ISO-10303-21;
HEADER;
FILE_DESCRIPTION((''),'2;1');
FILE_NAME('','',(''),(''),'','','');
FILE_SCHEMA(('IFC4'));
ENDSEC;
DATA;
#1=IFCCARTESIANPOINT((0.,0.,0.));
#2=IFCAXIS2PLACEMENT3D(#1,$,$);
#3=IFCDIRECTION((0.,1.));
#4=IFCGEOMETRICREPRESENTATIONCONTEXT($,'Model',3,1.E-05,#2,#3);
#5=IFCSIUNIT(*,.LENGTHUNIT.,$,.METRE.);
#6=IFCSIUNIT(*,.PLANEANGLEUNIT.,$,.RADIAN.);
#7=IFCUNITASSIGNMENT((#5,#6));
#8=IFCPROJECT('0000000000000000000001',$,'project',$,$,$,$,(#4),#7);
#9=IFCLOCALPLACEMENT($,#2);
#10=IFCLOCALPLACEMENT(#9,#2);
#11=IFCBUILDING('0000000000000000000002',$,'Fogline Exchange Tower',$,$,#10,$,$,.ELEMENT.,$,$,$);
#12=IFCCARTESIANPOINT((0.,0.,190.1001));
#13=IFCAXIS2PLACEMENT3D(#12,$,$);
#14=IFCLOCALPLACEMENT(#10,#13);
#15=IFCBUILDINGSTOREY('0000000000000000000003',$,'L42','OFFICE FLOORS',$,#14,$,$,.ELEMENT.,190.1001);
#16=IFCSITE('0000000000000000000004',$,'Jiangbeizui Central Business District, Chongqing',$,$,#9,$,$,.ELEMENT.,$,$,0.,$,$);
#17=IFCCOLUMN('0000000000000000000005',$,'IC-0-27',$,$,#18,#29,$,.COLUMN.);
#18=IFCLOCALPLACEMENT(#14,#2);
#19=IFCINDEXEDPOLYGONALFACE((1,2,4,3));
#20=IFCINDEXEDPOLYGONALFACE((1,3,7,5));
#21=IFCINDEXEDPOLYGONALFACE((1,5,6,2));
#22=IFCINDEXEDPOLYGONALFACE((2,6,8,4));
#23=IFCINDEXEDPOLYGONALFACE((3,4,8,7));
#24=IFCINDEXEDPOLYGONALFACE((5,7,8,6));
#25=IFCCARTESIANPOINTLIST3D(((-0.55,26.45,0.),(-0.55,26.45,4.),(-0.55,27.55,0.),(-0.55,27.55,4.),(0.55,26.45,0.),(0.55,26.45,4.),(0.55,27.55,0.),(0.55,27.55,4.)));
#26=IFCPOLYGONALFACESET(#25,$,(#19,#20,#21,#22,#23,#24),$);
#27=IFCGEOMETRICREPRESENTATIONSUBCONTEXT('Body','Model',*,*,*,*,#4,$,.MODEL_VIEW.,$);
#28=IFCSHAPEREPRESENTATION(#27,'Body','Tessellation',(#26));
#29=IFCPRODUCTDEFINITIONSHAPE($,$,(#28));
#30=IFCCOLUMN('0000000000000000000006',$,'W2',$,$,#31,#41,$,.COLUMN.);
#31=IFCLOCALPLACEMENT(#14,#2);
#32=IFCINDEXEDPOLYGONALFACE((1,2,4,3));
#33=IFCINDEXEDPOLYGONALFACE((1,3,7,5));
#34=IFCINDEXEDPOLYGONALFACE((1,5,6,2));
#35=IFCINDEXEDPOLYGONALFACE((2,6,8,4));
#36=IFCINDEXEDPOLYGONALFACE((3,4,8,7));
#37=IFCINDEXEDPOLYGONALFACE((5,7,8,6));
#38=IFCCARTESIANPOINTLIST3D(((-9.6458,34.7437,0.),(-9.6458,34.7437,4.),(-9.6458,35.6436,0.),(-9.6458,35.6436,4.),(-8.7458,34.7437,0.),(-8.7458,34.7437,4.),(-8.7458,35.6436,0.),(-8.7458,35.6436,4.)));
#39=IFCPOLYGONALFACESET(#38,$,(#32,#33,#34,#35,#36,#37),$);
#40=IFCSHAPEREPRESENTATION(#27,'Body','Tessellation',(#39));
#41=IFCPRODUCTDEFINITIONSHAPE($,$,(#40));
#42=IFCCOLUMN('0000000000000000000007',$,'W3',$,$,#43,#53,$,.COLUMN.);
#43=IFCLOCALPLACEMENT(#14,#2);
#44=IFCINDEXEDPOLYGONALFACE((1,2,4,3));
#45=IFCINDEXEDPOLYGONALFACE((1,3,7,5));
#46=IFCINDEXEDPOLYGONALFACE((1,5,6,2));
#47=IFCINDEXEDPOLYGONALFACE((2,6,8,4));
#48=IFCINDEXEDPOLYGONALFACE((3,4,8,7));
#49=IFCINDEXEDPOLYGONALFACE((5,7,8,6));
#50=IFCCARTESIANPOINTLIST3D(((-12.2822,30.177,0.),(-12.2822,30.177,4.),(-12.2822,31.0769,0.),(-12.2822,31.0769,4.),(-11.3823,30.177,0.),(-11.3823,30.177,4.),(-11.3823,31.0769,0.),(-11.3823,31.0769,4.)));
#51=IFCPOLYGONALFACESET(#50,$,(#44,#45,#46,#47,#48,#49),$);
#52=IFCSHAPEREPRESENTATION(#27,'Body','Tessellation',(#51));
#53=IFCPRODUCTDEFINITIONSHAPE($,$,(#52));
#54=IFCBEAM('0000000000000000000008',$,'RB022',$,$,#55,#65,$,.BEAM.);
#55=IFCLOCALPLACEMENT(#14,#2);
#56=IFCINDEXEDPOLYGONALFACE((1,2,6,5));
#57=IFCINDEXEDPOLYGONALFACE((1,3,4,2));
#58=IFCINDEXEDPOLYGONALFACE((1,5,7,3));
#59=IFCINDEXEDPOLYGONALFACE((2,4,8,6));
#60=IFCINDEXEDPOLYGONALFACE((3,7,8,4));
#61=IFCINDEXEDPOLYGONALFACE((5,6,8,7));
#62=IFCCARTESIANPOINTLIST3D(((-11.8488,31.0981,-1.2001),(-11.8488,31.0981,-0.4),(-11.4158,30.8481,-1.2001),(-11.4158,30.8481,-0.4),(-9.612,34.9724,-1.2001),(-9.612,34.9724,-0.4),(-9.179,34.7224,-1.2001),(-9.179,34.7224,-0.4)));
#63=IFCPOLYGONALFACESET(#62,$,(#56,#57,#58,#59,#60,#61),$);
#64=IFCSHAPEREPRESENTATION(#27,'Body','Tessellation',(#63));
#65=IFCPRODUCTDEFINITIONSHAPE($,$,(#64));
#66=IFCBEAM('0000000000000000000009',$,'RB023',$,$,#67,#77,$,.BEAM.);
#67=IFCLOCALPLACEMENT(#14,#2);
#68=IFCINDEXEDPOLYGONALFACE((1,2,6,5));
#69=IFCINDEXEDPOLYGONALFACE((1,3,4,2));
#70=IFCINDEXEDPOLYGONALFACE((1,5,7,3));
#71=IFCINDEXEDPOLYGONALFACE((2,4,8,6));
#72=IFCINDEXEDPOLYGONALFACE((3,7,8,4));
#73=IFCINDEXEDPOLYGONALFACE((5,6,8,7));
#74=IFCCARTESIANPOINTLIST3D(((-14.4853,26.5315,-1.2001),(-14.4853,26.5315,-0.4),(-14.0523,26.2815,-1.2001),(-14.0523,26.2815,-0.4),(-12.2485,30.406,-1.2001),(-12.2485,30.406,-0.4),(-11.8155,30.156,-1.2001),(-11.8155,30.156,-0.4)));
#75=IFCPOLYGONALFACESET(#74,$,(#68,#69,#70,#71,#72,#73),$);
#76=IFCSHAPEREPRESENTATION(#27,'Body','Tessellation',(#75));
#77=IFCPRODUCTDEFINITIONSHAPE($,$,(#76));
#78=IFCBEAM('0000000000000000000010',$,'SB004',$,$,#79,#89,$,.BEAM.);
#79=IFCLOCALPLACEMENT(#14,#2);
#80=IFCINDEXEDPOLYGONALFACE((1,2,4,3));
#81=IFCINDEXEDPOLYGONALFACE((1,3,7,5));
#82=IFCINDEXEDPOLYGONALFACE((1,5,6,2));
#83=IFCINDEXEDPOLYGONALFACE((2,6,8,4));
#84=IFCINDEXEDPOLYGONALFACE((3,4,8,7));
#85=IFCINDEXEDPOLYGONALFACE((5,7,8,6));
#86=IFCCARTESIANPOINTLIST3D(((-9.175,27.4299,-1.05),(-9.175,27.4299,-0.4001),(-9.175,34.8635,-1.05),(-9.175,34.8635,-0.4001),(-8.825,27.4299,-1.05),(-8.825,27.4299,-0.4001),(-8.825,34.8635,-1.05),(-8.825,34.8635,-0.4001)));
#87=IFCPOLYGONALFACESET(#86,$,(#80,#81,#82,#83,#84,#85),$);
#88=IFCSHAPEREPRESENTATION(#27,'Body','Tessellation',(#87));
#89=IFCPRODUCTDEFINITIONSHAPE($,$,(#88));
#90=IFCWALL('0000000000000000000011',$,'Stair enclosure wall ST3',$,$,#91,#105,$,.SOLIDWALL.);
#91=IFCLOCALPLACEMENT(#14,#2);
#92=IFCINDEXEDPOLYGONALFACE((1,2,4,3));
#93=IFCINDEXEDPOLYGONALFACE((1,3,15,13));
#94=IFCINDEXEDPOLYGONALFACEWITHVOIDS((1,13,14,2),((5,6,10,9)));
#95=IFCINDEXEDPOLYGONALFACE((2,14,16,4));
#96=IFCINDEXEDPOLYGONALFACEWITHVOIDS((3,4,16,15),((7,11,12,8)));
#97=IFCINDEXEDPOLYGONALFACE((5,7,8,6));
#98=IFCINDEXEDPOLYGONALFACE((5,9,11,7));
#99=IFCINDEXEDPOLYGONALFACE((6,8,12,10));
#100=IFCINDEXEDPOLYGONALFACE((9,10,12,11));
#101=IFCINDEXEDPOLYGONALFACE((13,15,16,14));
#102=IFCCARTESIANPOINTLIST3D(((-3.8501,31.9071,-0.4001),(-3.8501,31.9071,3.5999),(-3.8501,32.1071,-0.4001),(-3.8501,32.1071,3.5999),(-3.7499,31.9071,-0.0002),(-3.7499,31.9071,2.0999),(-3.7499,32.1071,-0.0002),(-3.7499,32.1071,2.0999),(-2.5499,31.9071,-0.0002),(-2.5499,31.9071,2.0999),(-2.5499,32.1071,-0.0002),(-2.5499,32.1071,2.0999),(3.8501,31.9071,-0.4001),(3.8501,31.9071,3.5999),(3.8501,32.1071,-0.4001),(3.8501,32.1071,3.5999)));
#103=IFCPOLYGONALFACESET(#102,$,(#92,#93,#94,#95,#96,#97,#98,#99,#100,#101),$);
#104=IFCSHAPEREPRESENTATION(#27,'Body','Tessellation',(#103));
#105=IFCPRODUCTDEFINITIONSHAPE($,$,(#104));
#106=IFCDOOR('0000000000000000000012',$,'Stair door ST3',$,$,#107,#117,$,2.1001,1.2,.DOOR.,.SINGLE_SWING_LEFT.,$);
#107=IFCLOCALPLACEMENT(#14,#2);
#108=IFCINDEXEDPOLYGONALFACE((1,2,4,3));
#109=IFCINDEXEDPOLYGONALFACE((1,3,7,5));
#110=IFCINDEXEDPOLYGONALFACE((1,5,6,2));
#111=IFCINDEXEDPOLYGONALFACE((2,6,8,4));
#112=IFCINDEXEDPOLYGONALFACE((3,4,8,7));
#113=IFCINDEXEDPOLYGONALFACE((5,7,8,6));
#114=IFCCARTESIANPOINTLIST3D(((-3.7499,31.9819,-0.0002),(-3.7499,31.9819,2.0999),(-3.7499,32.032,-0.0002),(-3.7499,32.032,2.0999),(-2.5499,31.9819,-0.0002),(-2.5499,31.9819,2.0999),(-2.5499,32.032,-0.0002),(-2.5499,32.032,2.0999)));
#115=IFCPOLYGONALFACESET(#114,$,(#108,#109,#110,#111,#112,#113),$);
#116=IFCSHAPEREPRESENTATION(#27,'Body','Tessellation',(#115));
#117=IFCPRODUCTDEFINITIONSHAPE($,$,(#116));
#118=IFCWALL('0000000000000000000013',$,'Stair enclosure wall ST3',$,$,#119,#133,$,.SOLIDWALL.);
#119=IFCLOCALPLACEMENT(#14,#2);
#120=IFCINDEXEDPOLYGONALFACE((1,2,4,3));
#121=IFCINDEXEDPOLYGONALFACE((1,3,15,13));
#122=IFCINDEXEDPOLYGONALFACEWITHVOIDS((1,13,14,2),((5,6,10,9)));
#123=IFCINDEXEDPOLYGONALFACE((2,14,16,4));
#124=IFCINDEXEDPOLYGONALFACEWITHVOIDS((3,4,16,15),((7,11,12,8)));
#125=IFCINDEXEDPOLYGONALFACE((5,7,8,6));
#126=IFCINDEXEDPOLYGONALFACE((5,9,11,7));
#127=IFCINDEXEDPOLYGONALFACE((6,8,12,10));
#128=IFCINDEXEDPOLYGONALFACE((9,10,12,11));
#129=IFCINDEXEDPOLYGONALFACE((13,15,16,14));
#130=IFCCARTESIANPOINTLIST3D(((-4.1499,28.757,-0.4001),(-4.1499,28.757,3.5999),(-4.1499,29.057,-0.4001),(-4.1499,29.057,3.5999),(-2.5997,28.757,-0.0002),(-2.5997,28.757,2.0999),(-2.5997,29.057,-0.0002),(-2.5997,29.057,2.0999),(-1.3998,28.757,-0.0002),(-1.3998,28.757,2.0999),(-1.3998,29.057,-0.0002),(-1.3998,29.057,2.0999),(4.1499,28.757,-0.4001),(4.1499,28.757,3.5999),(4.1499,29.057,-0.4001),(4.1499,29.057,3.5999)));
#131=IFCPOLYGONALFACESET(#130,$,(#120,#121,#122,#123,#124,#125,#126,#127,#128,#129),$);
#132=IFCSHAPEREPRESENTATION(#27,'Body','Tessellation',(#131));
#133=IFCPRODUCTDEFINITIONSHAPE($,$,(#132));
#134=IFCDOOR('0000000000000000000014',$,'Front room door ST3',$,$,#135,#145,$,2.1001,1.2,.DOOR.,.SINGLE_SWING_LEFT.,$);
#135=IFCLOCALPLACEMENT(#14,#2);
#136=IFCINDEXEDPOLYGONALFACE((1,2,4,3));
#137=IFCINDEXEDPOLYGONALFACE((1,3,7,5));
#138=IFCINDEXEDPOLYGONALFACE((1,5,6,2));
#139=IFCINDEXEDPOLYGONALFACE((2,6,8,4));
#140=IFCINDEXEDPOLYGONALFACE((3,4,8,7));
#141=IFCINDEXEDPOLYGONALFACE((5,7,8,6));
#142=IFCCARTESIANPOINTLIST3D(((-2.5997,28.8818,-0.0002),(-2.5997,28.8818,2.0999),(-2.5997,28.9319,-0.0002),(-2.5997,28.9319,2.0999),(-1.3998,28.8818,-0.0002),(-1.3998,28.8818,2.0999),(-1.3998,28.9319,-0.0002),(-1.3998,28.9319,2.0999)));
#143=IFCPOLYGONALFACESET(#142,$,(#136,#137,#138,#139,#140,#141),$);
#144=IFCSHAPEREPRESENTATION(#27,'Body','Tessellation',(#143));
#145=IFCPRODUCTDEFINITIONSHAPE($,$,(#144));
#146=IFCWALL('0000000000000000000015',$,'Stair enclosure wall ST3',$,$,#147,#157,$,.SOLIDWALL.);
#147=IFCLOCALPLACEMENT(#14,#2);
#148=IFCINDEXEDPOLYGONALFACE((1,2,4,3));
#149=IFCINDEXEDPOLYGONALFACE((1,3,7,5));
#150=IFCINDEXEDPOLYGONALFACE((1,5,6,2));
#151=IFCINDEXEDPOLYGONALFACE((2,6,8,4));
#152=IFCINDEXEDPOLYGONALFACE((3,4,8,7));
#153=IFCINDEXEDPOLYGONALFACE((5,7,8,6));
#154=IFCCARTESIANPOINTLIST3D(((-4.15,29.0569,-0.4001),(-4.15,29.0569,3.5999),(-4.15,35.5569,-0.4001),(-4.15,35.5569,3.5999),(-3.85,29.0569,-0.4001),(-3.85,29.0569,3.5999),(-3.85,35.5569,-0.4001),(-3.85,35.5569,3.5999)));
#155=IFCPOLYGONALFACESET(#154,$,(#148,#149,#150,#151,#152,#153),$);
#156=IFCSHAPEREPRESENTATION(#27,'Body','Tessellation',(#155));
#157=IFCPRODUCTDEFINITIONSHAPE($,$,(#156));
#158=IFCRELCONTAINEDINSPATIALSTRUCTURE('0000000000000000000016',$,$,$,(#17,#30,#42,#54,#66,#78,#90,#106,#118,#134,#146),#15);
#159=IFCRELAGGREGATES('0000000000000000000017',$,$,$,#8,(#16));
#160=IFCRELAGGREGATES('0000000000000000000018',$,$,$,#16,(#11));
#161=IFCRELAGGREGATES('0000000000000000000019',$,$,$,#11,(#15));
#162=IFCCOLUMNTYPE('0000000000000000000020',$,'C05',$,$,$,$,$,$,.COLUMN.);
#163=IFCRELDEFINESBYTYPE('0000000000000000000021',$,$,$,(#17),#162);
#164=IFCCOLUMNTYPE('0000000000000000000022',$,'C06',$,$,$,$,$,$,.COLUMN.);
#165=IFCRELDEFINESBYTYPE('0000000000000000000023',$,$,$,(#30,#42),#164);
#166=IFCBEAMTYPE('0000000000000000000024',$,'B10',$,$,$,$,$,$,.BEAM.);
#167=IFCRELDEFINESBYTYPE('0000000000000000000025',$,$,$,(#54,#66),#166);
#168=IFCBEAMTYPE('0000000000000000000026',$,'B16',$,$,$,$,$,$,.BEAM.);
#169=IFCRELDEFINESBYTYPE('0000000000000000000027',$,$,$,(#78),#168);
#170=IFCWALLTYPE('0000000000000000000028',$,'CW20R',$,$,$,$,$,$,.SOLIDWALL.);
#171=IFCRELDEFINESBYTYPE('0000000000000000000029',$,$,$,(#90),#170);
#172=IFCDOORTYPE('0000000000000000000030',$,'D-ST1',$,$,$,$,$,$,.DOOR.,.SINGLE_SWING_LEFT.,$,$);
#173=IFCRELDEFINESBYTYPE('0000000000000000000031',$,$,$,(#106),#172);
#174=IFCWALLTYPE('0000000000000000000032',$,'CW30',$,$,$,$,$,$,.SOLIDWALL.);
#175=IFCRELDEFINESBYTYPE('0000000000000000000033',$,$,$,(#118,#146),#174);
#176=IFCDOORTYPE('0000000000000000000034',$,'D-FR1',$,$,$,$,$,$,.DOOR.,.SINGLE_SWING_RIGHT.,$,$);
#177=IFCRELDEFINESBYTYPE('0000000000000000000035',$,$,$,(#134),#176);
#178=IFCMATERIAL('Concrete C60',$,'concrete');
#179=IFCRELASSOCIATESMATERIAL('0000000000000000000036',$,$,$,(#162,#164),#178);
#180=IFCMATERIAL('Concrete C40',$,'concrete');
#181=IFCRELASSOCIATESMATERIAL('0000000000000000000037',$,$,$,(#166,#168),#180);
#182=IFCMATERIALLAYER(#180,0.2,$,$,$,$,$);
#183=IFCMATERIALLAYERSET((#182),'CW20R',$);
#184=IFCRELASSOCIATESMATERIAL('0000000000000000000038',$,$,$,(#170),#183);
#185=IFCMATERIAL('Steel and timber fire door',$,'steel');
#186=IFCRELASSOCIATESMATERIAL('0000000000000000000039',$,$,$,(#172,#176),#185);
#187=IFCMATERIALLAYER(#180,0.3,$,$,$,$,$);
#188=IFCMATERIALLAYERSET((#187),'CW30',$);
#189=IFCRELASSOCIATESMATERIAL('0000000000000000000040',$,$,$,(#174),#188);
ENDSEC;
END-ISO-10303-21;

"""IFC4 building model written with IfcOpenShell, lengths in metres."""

from ifc_helpers import new_model, si_unit, direction, frame, frame_2d, origin, origin_2d, place, context, subcontext, project, spatial, rectangle, extrude, material, layer, layer_set, material_profile, profile_set, type_object, element, fill, save


model = new_model("IFC4")

# Units and contexts
model_context = context("Model", 3, precision=1e-05, world=origin(), true_north=direction((0.0, 1.0)))
body_context = subcontext(model_context, "Body", "Model", "MODEL_VIEW")
ifc_project = project(units=[si_unit("LENGTHUNIT", "METRE"), si_unit("PLANEANGLEUNIT", "RADIAN")], contexts=[model_context])

# Site, building, storey
site_placement = place(None, origin())
site = spatial("IfcSite", under=ifc_project, at=site_placement, Name="Jiangbeizui Central Business District, Chongqing", CompositionType="ELEMENT", RefElevation=0.0)
building_placement = place(site_placement, origin())
building = spatial("IfcBuilding", under=site, at=building_placement, Name="Fogline Exchange Tower", CompositionType="ELEMENT")
storey_placement = place(building_placement, frame((0.0, 0.0, 190.1001)))
storey = spatial("IfcBuildingStorey", under=building, at=storey_placement, Name="L42", Description="OFFICE FLOORS", CompositionType="ELEMENT", Elevation=190.1001)

# Columns
ifc_material_1 = material(Name="Concrete C60", Category="concrete")
ifc_material_profile_1 = material_profile(ifc_material_1, rectangle(XDim=1.1001, YDim=1.1001, at=origin_2d()), Name="RC 1100x1100")
ifc_profile_set_1 = profile_set([ifc_material_profile_1], Name="Concrete C60")
column_type_1 = type_object("IfcColumnType", Name="C05", PredefinedType="COLUMN", material=ifc_profile_set_1)
column_placement = place(storey_placement, frame((0.0, 27.0, 0.0), z_axis=(0.0, 0.0, 1.0), x_axis=(1.0, 0.0, 0.0)))
element("IfcColumn", 1, at=column_placement, inside=storey, type_object=column_type_1, Name="IC-0-27", PredefinedType="COLUMN", context=body_context, shape_type="SweptSolid", body=[
    extrude(rectangle(XDim=1.1001, YDim=1.1001, at=origin_2d()), origin(), (0.0, 0.0, 1.0), 4.0),
])
ifc_material_profile_2 = material_profile(ifc_material_1, rectangle(XDim=0.8999, YDim=0.8999, at=origin_2d()), Name="RC 900x900")
ifc_profile_set_2 = profile_set([ifc_material_profile_2], Name="Concrete C60")
column_type_2 = type_object("IfcColumnType", Name="C06", PredefinedType="COLUMN", material=ifc_profile_set_2)
for number, where, z_axis, x_axis, name in (
    (2, (-9.1958, 35.1936, 0.0), (0.0, 0.0, 1.0), (1.0, 0.0, 0.0), "W2"),
    (3, (-11.8323, 30.627, 0.0), (0.0, 0.0, 1.0), (1.0, 0.0, 0.0), "W3"),
):
    element("IfcColumn", number, at=place(storey_placement, frame(where, z_axis=z_axis, x_axis=x_axis)), inside=storey, type_object=column_type_2, Name=name, PredefinedType="COLUMN", context=body_context, shape_type="SweptSolid", body=[
        extrude(rectangle(XDim=0.8999, YDim=0.8999, at=origin_2d()), origin(), (0.0, 0.0, 1.0), 4.0),
    ])

# Beams
ifc_material_2 = material(Name="Concrete C40", Category="concrete")
ifc_material_profile_3 = material_profile(ifc_material_2, rectangle(XDim=0.5, YDim=0.8, at=origin_2d()), Name="RC 500x800")
ifc_profile_set_3 = profile_set([ifc_material_profile_3], Name="Concrete C40")
beam_type_1 = type_object("IfcBeamType", Name="B10", PredefinedType="BEAM", material=ifc_profile_set_3)
beam_1_placement = place(storey_placement, frame((-9.3955, 34.8474, -0.8), z_axis=(-0.500001, -0.866025, 0.0), x_axis=(0.866025, -0.500001, 0.0)))
element("IfcBeam", 4, at=beam_1_placement, inside=storey, type_object=beam_type_1, Name="RB022", PredefinedType="BEAM", context=body_context, shape_type="SweptSolid", body=[
    extrude(rectangle(XDim=0.5, YDim=0.8, at=origin_2d()), origin(), (0.0, 0.0, 1.0), 4.4736),
])
beam_2_placement = place(storey_placement, frame((-12.032, 30.281, -0.8), z_axis=(-0.499978, -0.866038, 0.0), x_axis=(0.866038, -0.499978, 0.0)))
element("IfcBeam", 5, at=beam_2_placement, inside=storey, type_object=beam_type_1, Name="RB023", PredefinedType="BEAM", context=body_context, shape_type="SweptSolid", body=[
    extrude(rectangle(XDim=0.5, YDim=0.8, at=origin_2d()), origin(), (0.0, 0.0, 1.0), 4.4739),
])
ifc_material_profile_4 = material_profile(ifc_material_2, rectangle(XDim=0.3501, YDim=0.6499, at=origin_2d()), Name="RC 350x650")
ifc_profile_set_4 = profile_set([ifc_material_profile_4], Name="Concrete C40")
beam_type_2 = type_object("IfcBeamType", Name="B16", PredefinedType="BEAM", material=ifc_profile_set_4)
beam_3_placement = place(storey_placement, frame((-9.0, 27.4299, -0.7251), z_axis=(0.0, 1.0, 0.0), x_axis=(-1.0, 0.0, 0.0)))
element("IfcBeam", 6, at=beam_3_placement, inside=storey, type_object=beam_type_2, Name="SB004", PredefinedType="BEAM", context=body_context, shape_type="SweptSolid", body=[
    extrude(rectangle(XDim=0.3501, YDim=0.6499, at=origin_2d()), origin(), (0.0, 0.0, 1.0), 7.4336),
])

# Walls, openings, doors
ifc_layer_1 = layer(ifc_material_2, 0.2)
ifc_layer_set_1 = layer_set([ifc_layer_1], Name="CW20R")
wall_type_1 = type_object("IfcWallType", Name="CW20R", PredefinedType="SOLIDWALL", material=ifc_layer_set_1)
wall_1_placement = place(storey_placement, frame((-3.8501, 32.0071, -0.4001), z_axis=(0.0, 0.0, 1.0), x_axis=(1.0, 0.0, 0.0)))
wall_1 = element("IfcWall", 7, at=wall_1_placement, inside=storey, type_object=wall_type_1, Name="Stair enclosure wall ST3", PredefinedType="SOLIDWALL", context=body_context, shape_type="SweptSolid", body=[
    extrude(rectangle(XDim=7.7002, YDim=0.2, at=frame_2d((3.8501, 0.0))), origin(), (0.0, 0.0, 1.0), 4.0),
])
opening_1_placement = place(wall_1_placement, frame((0.1001, 0.0, 0.3999)))
opening_1 = element("IfcOpeningElement", 8, at=opening_1_placement, cuts=wall_1, PredefinedType="OPENING", context=body_context, shape_type="SweptSolid", body=[
    extrude(rectangle(XDim=1.2, YDim=2.1001, at=frame_2d((0.6001, 1.05))), frame((0.0, 0.1099, 0.0), z_axis=(0.0, -1.0, 0.0), x_axis=(1.0, 0.0, 0.0)), (0.0, 0.0, 1.0), 0.22),
])
ifc_material_3 = material(Name="Steel and timber fire door", Category="steel")
door_type_1 = type_object("IfcDoorType", Name="D-ST1", OperationType="SINGLE_SWING_LEFT", PredefinedType="DOOR", material=ifc_material_3)
door_1_placement = place(opening_1_placement, origin())
door_1 = element("IfcDoor", 9, at=door_1_placement, inside=storey, type_object=door_type_1, Name="Stair door ST3", OperationType="SINGLE_SWING_LEFT", OverallHeight=2.1001, OverallWidth=1.2, PredefinedType="DOOR", context=body_context, shape_type="SweptSolid", body=[
    extrude(rectangle(XDim=1.2, YDim=2.1001, at=frame_2d((0.6001, 1.05))), frame((0.0, 0.0249, 0.0), z_axis=(0.0, -1.0, 0.0), x_axis=(1.0, 0.0, 0.0)), (0.0, 0.0, 1.0), 0.05),
])
fill(opening_1, door_1)
ifc_layer_2 = layer(ifc_material_2, 0.3)
ifc_layer_set_2 = layer_set([ifc_layer_2], Name="CW30")
wall_type_2 = type_object("IfcWallType", Name="CW30", PredefinedType="SOLIDWALL", material=ifc_layer_set_2)
wall_2_placement = place(storey_placement, frame((-4.1499, 28.907, -0.4001), z_axis=(0.0, 0.0, 1.0), x_axis=(1.0, 0.0, 0.0)))
wall_2 = element("IfcWall", 10, at=wall_2_placement, inside=storey, type_object=wall_type_2, Name="Stair enclosure wall ST3", PredefinedType="SOLIDWALL", context=body_context, shape_type="SweptSolid", body=[
    extrude(rectangle(XDim=8.2998, YDim=0.3, at=frame_2d((4.1499, 0.0))), origin(), (0.0, 0.0, 1.0), 4.0),
])
opening_2_placement = place(wall_2_placement, frame((1.55, 0.0, 0.3999)))
opening_2 = element("IfcOpeningElement", 11, at=opening_2_placement, cuts=wall_2, PredefinedType="OPENING", context=body_context, shape_type="SweptSolid", body=[
    extrude(rectangle(XDim=1.2, YDim=2.1001, at=frame_2d((0.6001, 1.05))), frame((0.0, 0.1602, 0.0), z_axis=(0.0, -1.0, 0.0), x_axis=(1.0, 0.0, 0.0)), (0.0, 0.0, 1.0), 0.3201),
])
door_type_2 = type_object("IfcDoorType", Name="D-FR1", OperationType="SINGLE_SWING_RIGHT", PredefinedType="DOOR", material=ifc_material_3)
door_2_placement = place(opening_2_placement, origin())
door_2 = element("IfcDoor", 12, at=door_2_placement, inside=storey, type_object=door_type_2, Name="Front room door ST3", OperationType="SINGLE_SWING_LEFT", OverallHeight=2.1001, OverallWidth=1.2, PredefinedType="DOOR", context=body_context, shape_type="SweptSolid", body=[
    extrude(rectangle(XDim=1.2, YDim=2.1001, at=frame_2d((0.6001, 1.05))), frame((0.0, 0.0249, 0.0), z_axis=(0.0, -1.0, 0.0), x_axis=(1.0, 0.0, 0.0)), (0.0, 0.0, 1.0), 0.05),
])
fill(opening_2, door_2)

# Wall
wall_3_placement = place(storey_placement, frame((-4.0, 29.0569, -0.4001), z_axis=(0.0, 0.0, 1.0), x_axis=(0.0, 1.0, 0.0)))
element("IfcWall", 13, at=wall_3_placement, inside=storey, type_object=wall_type_2, Name="Stair enclosure wall ST3", PredefinedType="SOLIDWALL", context=body_context, shape_type="SweptSolid", body=[
    extrude(rectangle(XDim=6.5, YDim=0.3, at=frame_2d((3.25, 0.0))), origin(), (0.0, 0.0, 1.0), 4.0),
])

save(model, "model.ifc")
